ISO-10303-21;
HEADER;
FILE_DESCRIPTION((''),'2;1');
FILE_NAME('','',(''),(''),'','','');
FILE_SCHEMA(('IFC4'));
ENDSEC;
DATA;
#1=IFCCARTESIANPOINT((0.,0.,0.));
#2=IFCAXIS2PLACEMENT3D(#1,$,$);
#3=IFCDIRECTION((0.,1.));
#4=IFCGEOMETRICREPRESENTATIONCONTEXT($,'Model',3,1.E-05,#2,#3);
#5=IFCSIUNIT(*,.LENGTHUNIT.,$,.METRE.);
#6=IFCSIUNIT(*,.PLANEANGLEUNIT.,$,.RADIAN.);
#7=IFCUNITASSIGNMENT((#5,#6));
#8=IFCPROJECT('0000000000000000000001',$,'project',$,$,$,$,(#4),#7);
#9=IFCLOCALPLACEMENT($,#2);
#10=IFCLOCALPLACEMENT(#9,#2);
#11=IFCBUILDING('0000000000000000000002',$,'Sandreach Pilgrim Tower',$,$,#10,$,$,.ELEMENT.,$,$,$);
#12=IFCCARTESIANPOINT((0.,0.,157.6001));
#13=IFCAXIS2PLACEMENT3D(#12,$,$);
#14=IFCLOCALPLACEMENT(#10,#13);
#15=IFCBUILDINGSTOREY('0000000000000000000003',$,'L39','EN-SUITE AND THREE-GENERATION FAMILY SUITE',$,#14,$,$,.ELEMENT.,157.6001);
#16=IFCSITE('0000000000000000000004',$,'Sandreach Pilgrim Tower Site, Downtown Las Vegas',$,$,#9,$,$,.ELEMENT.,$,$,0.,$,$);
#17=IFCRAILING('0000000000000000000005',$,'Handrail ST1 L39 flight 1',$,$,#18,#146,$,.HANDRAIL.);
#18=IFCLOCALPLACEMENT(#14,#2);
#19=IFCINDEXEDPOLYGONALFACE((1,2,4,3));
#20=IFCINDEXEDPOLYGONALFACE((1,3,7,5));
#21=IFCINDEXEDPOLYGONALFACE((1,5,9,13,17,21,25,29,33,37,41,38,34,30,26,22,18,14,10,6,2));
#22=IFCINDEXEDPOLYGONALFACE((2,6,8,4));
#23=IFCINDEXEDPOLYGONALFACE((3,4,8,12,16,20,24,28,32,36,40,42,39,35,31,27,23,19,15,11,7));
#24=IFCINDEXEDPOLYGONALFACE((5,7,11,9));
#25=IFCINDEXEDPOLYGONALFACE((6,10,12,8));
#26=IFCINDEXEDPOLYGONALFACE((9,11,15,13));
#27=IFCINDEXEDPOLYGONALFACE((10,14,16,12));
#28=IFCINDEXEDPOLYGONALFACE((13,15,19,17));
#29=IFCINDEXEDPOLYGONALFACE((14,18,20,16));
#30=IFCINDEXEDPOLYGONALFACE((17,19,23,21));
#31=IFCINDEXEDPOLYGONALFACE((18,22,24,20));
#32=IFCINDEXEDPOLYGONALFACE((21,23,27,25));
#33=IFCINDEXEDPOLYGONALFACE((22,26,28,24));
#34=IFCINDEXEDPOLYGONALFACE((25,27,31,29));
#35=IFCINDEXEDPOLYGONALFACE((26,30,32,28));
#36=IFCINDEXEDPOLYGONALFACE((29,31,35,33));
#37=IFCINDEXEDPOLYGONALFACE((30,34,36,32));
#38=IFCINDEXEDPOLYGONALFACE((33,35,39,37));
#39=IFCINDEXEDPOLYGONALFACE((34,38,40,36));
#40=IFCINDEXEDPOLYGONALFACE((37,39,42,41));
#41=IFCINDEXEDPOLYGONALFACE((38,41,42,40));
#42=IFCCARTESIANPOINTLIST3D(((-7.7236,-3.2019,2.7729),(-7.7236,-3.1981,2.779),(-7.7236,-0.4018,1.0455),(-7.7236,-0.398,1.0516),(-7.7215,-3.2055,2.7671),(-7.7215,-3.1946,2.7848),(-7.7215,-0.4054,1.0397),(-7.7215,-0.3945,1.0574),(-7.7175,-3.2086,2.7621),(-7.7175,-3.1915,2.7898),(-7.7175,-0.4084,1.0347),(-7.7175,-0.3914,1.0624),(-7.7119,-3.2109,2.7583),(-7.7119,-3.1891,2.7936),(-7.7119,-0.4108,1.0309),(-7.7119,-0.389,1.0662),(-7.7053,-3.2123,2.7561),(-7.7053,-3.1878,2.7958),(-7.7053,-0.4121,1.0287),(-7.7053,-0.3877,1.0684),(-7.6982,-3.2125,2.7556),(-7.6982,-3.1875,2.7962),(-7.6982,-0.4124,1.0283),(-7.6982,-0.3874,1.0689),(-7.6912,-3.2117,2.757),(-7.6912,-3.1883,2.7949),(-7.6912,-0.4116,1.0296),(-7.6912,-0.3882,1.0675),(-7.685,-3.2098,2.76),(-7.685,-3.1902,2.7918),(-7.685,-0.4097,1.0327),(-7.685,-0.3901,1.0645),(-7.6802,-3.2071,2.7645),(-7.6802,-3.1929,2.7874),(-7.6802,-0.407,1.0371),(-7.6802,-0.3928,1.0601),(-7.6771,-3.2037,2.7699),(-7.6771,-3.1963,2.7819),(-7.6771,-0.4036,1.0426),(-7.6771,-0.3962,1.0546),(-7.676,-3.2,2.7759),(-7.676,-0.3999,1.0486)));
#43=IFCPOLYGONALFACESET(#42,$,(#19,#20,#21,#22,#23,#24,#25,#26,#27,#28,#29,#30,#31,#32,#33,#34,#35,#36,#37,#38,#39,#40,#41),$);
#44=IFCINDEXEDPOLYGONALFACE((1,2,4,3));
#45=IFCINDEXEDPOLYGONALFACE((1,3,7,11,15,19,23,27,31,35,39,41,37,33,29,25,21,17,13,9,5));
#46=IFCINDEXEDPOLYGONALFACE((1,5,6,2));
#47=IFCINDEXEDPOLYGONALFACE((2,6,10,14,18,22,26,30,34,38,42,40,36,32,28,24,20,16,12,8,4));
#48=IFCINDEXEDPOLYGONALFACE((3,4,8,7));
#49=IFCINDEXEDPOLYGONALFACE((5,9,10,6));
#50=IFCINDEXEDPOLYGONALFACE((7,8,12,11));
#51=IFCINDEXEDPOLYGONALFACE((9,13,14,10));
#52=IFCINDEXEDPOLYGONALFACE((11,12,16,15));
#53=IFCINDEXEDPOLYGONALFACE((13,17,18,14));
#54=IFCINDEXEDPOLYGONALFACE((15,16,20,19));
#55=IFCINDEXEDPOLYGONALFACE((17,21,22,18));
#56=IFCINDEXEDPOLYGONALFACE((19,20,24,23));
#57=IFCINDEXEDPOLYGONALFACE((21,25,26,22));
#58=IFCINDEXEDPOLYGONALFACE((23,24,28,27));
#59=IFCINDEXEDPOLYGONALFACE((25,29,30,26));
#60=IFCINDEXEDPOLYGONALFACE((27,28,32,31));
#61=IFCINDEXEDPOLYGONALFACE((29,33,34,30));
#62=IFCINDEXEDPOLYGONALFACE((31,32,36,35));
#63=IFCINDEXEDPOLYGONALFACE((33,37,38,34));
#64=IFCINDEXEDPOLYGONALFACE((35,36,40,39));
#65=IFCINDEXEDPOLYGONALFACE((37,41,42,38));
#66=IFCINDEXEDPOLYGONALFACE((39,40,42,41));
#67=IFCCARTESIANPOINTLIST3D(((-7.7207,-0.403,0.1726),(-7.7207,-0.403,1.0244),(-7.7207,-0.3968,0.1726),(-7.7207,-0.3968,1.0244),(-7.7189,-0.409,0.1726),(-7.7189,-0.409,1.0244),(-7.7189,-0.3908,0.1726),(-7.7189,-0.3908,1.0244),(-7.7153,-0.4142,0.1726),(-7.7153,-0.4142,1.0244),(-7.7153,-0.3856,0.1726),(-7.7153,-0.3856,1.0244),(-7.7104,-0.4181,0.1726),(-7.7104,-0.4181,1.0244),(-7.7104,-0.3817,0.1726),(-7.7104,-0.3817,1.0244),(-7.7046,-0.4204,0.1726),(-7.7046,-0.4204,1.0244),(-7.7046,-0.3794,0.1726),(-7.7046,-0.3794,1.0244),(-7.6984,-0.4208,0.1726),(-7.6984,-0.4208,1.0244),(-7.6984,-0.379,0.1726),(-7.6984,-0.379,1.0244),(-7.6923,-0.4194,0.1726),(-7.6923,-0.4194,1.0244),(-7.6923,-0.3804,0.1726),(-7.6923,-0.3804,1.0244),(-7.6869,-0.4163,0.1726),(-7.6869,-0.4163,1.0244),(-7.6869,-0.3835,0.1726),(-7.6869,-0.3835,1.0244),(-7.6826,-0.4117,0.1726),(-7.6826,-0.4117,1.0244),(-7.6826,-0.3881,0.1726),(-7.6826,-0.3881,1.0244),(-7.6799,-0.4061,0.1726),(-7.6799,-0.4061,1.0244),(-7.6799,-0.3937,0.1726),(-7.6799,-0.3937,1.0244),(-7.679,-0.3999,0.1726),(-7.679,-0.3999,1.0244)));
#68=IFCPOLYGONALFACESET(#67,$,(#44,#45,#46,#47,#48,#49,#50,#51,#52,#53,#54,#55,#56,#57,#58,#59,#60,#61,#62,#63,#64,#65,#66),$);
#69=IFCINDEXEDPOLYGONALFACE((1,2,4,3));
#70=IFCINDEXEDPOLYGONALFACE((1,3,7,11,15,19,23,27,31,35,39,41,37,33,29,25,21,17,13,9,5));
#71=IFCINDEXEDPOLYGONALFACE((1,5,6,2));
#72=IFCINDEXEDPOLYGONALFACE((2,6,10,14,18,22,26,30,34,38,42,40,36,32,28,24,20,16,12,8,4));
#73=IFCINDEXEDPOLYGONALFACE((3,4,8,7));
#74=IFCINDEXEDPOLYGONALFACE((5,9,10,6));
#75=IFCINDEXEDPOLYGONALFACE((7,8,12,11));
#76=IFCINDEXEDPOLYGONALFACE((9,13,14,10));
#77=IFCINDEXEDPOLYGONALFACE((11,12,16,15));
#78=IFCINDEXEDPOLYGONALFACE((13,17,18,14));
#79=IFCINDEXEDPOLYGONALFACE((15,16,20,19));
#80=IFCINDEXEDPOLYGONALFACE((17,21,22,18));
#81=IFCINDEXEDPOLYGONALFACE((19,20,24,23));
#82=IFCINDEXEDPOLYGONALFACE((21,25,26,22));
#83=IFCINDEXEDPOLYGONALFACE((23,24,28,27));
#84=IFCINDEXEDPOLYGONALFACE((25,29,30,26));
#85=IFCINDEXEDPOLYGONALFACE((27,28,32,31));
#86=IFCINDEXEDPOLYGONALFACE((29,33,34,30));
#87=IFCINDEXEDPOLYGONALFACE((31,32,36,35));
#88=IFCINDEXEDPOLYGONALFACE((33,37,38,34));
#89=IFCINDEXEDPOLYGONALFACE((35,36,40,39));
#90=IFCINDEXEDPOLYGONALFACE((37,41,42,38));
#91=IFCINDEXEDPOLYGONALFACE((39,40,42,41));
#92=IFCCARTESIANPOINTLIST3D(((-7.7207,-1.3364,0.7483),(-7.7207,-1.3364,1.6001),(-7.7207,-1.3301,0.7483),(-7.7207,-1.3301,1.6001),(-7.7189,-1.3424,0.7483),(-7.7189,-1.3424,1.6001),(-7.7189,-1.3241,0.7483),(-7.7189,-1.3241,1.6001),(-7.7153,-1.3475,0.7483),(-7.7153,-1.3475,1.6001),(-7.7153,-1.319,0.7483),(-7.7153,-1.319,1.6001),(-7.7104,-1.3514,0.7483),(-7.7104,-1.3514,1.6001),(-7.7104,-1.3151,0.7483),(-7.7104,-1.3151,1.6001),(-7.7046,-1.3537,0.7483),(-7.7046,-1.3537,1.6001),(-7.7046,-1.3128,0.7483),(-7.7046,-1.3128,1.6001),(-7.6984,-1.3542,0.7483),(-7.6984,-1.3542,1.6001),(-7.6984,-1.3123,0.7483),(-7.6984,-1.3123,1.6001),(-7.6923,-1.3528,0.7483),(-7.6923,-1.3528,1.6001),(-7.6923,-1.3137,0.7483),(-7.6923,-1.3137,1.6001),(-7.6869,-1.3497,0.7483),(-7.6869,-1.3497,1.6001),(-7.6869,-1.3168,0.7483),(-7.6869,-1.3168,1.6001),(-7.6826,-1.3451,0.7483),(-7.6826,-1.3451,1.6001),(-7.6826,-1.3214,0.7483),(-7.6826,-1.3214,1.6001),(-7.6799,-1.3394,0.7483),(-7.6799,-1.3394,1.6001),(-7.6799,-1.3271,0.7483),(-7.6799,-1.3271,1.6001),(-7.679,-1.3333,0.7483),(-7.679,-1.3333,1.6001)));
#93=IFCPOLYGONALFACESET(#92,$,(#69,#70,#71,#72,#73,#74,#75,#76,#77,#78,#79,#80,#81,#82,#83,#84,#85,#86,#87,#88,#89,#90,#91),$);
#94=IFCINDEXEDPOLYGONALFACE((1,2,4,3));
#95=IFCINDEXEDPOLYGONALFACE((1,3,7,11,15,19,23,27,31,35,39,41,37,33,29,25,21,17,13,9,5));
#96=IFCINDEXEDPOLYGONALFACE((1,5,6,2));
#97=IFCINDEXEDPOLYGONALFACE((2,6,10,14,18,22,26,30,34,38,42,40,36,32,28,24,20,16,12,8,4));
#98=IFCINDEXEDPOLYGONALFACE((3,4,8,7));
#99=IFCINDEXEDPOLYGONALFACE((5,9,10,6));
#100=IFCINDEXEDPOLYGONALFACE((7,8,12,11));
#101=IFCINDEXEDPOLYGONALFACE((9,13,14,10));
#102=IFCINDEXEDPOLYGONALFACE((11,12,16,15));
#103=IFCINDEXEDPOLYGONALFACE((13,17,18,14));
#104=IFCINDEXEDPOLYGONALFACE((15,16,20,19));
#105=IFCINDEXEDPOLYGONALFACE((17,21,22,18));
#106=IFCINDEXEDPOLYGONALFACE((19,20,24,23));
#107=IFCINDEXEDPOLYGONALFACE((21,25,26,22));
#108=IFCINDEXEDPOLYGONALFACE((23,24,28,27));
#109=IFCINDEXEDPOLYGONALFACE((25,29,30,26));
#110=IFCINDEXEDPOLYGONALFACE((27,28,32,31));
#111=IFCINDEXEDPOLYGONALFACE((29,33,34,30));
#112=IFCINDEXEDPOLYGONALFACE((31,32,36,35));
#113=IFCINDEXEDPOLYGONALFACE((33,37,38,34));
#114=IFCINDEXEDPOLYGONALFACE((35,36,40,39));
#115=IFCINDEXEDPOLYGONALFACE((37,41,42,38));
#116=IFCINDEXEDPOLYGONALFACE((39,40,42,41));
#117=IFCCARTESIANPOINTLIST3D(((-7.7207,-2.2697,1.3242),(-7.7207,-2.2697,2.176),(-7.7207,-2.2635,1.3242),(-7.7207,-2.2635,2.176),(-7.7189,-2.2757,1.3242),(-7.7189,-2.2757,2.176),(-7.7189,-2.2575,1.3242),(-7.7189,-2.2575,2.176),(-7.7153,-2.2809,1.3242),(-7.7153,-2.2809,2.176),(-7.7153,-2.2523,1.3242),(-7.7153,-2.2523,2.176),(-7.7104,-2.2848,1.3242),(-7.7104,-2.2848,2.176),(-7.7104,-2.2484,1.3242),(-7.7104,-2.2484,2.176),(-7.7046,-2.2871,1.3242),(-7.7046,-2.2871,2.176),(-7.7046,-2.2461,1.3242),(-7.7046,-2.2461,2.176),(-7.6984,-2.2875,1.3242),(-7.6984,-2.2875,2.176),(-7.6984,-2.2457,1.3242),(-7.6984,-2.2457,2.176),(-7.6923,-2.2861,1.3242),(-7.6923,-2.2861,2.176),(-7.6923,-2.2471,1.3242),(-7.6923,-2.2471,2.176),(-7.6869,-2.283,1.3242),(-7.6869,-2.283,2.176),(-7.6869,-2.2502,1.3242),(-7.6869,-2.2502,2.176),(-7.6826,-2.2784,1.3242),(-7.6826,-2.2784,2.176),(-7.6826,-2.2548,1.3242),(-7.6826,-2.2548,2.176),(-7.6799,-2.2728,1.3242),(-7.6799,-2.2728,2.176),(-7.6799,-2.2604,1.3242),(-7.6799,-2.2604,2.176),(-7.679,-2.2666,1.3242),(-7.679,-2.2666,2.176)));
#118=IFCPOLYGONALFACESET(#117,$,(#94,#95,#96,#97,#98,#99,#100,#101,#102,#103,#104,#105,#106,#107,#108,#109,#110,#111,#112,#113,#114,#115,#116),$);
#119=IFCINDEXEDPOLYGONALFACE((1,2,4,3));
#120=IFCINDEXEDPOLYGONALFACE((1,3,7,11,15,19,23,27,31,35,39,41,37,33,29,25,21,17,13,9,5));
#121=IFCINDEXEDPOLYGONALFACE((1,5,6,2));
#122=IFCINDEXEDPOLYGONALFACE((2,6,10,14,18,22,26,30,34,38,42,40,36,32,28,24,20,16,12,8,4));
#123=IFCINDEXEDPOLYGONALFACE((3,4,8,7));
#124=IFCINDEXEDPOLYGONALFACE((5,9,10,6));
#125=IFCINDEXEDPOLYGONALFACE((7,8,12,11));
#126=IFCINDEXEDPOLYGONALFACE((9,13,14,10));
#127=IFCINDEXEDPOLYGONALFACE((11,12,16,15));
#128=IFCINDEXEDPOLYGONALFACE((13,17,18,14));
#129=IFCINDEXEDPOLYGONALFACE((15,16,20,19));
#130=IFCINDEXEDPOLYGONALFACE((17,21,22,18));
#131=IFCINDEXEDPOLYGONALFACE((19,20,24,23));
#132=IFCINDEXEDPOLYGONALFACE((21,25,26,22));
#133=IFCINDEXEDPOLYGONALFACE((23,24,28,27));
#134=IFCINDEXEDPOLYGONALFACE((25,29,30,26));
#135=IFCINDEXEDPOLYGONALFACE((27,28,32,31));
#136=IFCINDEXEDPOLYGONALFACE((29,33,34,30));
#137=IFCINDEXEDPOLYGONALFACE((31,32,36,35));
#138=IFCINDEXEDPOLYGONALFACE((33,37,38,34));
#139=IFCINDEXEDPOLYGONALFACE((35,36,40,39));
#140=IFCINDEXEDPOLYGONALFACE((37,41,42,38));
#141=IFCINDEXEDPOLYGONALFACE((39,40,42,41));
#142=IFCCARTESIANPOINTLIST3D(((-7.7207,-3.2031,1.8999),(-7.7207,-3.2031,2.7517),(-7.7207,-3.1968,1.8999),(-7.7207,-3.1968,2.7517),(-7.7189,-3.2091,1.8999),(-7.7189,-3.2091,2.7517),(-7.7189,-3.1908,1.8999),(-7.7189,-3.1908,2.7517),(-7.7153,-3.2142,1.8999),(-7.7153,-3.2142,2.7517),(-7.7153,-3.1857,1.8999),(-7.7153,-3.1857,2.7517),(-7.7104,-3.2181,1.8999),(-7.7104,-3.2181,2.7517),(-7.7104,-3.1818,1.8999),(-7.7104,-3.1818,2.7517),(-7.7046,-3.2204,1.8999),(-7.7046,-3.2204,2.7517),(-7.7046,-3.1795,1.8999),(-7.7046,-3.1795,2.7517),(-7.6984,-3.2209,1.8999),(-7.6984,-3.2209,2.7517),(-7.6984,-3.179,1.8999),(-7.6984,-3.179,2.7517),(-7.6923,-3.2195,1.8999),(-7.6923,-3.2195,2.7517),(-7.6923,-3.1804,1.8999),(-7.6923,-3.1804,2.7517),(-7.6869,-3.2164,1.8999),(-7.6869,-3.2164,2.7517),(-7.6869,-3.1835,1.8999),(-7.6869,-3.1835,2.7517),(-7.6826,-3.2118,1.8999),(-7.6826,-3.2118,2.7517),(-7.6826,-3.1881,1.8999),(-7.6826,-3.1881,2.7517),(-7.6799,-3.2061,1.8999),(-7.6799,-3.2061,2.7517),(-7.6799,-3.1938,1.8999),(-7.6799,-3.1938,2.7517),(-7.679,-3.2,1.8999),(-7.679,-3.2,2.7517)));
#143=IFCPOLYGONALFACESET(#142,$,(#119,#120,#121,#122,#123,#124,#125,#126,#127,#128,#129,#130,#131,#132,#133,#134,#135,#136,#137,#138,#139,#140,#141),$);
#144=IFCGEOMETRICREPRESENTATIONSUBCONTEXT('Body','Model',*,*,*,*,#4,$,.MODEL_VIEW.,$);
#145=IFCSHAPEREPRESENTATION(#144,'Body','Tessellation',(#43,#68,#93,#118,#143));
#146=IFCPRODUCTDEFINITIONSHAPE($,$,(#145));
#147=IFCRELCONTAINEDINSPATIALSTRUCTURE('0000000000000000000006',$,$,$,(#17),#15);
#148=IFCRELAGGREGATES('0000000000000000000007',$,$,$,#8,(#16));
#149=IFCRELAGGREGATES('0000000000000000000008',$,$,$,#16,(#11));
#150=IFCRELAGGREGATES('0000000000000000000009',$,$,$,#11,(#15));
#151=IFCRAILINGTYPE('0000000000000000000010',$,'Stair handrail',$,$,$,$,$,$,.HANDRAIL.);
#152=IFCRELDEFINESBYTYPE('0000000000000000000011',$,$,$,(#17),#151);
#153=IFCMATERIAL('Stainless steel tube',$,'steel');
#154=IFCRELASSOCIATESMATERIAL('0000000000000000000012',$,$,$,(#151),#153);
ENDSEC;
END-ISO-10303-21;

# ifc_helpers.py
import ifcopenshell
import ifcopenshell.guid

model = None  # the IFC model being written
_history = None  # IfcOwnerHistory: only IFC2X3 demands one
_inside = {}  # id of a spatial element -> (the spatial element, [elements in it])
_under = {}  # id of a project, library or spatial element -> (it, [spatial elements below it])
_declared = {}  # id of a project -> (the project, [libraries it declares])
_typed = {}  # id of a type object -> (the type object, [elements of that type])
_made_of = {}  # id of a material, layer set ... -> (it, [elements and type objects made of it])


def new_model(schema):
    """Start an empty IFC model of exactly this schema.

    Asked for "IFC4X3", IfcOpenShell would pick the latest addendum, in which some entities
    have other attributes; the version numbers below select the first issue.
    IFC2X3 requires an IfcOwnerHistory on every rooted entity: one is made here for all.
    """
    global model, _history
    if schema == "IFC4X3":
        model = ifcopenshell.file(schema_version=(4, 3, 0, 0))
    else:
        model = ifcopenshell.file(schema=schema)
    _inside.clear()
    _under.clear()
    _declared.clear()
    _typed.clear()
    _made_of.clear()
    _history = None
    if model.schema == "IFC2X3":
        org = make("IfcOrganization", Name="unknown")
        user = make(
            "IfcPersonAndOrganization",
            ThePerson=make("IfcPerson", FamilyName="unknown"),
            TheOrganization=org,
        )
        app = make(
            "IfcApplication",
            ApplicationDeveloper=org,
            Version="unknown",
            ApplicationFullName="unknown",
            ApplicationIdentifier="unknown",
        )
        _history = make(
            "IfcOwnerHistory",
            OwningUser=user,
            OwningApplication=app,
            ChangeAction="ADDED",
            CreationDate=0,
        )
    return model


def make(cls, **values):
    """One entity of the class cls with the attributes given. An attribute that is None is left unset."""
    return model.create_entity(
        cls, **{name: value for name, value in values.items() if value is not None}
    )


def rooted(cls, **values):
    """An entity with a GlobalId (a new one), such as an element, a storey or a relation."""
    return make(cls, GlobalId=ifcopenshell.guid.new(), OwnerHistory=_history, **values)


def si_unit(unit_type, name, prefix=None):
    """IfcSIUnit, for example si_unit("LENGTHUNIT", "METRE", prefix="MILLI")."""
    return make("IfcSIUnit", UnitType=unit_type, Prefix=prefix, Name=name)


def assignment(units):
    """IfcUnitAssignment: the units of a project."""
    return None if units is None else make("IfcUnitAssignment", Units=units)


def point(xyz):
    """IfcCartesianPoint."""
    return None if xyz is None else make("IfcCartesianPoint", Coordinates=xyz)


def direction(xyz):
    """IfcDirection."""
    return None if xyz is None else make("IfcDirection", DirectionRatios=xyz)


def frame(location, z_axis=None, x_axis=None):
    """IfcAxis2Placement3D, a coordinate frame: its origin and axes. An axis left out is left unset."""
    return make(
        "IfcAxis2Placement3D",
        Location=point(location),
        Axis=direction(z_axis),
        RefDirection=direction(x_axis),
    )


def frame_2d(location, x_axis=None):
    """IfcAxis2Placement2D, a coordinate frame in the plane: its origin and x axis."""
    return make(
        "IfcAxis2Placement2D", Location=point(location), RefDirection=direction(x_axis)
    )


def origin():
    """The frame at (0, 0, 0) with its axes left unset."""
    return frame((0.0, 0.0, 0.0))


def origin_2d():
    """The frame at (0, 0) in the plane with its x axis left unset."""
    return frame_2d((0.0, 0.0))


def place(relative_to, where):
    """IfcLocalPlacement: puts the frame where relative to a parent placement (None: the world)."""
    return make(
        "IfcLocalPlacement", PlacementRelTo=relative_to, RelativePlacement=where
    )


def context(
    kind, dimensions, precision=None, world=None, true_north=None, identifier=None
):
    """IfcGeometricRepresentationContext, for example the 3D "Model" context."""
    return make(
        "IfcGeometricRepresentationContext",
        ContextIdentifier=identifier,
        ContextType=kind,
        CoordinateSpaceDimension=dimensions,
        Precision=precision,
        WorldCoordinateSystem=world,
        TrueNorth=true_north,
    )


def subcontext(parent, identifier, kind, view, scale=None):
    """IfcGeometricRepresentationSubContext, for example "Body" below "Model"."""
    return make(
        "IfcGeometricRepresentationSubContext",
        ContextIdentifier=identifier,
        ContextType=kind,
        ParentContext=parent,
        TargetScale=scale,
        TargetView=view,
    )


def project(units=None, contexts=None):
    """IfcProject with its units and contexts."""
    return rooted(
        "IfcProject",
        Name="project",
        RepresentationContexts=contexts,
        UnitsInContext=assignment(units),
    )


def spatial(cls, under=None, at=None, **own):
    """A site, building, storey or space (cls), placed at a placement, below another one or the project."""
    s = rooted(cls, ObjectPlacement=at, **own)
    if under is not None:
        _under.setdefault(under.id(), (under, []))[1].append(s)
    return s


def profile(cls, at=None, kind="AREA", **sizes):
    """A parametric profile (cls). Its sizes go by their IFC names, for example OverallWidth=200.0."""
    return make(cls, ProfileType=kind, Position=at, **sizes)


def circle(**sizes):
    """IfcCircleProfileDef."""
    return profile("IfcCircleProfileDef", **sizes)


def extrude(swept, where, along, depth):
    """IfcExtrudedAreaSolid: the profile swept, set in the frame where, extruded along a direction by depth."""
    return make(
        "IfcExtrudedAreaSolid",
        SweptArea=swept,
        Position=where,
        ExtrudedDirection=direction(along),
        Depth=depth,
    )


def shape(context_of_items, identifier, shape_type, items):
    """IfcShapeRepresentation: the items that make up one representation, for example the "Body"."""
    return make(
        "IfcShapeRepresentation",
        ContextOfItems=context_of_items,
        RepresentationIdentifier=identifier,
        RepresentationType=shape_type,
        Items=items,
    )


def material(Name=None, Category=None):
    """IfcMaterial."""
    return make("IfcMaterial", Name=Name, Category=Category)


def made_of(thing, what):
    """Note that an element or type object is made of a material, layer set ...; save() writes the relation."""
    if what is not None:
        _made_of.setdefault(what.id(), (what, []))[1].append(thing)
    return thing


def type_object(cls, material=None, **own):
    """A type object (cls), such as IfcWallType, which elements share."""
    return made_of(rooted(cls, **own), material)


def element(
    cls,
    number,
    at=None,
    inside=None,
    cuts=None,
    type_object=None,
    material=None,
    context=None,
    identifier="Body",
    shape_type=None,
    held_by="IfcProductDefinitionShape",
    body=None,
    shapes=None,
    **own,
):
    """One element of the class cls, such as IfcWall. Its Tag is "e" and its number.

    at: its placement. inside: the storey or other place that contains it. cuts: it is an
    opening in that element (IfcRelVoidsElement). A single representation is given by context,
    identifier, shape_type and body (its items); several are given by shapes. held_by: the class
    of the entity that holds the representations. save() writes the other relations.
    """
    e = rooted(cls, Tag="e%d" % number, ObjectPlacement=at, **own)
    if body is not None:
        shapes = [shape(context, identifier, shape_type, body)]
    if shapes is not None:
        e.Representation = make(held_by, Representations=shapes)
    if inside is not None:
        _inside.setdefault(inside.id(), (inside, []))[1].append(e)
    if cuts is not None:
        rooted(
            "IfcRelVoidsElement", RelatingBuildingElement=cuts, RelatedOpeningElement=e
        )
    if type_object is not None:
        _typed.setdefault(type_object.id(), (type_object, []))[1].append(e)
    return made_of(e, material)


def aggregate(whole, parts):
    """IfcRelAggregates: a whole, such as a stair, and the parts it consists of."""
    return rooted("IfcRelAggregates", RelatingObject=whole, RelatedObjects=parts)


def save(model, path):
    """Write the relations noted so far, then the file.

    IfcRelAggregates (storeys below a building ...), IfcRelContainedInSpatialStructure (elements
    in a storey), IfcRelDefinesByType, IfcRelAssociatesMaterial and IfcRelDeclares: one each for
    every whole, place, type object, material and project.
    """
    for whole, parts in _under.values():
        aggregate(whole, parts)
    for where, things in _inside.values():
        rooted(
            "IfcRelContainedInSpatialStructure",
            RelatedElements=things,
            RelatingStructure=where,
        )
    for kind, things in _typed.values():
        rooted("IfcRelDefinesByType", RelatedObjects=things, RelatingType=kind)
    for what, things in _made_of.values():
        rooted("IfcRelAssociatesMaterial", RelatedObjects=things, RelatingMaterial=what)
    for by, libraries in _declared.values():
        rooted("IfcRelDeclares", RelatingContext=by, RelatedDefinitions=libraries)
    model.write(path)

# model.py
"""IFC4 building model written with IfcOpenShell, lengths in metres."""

from ifc_helpers import new_model, si_unit, direction, frame, origin, origin_2d, place, context, subcontext, project, spatial, circle, extrude, material, type_object, element, save


model = new_model("IFC4")

# Units and contexts
model_context = context("Model", 3, precision=1e-05, world=origin(), true_north=direction((0.0, 1.0)))
body_context = subcontext(model_context, "Body", "Model", "MODEL_VIEW")
ifc_project = project(units=[si_unit("LENGTHUNIT", "METRE"), si_unit("PLANEANGLEUNIT", "RADIAN")], contexts=[model_context])

# Site, building, storey
site_placement = place(None, origin())
site = spatial("IfcSite", under=ifc_project, at=site_placement, Name="Sandreach Pilgrim Tower Site, Downtown Las Vegas", CompositionType="ELEMENT", RefElevation=0.0)
building_placement = place(site_placement, origin())
building = spatial("IfcBuilding", under=site, at=building_placement, Name="Sandreach Pilgrim Tower", CompositionType="ELEMENT")
storey_placement = place(building_placement, frame((0.0, 0.0, 157.6001)))
storey = spatial("IfcBuildingStorey", under=building, at=storey_placement, Name="L39", Description="EN-SUITE AND THREE-GENERATION FAMILY SUITE", CompositionType="ELEMENT", Elevation=157.6001)

# Railing
ifc_material_1 = material(Name="Stainless steel tube", Category="steel")
railing_type = type_object("IfcRailingType", Name="Stair handrail", PredefinedType="HANDRAIL", material=ifc_material_1)
for number, where, name in (
    (1, (-7.7, -0.3999, 0.1726), "Handrail ST1 L39 flight 1"),
):
    element("IfcRailing", number, at=place(storey_placement, frame(where)), inside=storey, type_object=railing_type, Name=name, PredefinedType="HANDRAIL", context=body_context, shape_type="SweptSolid", body=[
        extrude(circle(Radius=0.0239, at=origin_2d()), frame((0.0, 0.0, 0.876), z_axis=(0.0, -0.85109, 0.52502), x_axis=(1.0, 0.0, 0.0)), (0.0, 0.0, 1.0), 3.29),
        extrude(circle(Radius=0.021, at=origin_2d()), origin(), (0.0, 0.0, 1.0), 0.8518),
        extrude(circle(Radius=0.021, at=origin_2d()), frame((0.0, -0.9333, 0.5757)), (0.0, 0.0, 1.0), 0.8518),
        extrude(circle(Radius=0.021, at=origin_2d()), frame((0.0, -1.8667, 1.1516)), (0.0, 0.0, 1.0), 0.8518),
        extrude(circle(Radius=0.021, at=origin_2d()), frame((0.0, -2.8, 1.7273)), (0.0, 0.0, 1.0), 0.8518),
    ])

save(model, "model.ifc")
